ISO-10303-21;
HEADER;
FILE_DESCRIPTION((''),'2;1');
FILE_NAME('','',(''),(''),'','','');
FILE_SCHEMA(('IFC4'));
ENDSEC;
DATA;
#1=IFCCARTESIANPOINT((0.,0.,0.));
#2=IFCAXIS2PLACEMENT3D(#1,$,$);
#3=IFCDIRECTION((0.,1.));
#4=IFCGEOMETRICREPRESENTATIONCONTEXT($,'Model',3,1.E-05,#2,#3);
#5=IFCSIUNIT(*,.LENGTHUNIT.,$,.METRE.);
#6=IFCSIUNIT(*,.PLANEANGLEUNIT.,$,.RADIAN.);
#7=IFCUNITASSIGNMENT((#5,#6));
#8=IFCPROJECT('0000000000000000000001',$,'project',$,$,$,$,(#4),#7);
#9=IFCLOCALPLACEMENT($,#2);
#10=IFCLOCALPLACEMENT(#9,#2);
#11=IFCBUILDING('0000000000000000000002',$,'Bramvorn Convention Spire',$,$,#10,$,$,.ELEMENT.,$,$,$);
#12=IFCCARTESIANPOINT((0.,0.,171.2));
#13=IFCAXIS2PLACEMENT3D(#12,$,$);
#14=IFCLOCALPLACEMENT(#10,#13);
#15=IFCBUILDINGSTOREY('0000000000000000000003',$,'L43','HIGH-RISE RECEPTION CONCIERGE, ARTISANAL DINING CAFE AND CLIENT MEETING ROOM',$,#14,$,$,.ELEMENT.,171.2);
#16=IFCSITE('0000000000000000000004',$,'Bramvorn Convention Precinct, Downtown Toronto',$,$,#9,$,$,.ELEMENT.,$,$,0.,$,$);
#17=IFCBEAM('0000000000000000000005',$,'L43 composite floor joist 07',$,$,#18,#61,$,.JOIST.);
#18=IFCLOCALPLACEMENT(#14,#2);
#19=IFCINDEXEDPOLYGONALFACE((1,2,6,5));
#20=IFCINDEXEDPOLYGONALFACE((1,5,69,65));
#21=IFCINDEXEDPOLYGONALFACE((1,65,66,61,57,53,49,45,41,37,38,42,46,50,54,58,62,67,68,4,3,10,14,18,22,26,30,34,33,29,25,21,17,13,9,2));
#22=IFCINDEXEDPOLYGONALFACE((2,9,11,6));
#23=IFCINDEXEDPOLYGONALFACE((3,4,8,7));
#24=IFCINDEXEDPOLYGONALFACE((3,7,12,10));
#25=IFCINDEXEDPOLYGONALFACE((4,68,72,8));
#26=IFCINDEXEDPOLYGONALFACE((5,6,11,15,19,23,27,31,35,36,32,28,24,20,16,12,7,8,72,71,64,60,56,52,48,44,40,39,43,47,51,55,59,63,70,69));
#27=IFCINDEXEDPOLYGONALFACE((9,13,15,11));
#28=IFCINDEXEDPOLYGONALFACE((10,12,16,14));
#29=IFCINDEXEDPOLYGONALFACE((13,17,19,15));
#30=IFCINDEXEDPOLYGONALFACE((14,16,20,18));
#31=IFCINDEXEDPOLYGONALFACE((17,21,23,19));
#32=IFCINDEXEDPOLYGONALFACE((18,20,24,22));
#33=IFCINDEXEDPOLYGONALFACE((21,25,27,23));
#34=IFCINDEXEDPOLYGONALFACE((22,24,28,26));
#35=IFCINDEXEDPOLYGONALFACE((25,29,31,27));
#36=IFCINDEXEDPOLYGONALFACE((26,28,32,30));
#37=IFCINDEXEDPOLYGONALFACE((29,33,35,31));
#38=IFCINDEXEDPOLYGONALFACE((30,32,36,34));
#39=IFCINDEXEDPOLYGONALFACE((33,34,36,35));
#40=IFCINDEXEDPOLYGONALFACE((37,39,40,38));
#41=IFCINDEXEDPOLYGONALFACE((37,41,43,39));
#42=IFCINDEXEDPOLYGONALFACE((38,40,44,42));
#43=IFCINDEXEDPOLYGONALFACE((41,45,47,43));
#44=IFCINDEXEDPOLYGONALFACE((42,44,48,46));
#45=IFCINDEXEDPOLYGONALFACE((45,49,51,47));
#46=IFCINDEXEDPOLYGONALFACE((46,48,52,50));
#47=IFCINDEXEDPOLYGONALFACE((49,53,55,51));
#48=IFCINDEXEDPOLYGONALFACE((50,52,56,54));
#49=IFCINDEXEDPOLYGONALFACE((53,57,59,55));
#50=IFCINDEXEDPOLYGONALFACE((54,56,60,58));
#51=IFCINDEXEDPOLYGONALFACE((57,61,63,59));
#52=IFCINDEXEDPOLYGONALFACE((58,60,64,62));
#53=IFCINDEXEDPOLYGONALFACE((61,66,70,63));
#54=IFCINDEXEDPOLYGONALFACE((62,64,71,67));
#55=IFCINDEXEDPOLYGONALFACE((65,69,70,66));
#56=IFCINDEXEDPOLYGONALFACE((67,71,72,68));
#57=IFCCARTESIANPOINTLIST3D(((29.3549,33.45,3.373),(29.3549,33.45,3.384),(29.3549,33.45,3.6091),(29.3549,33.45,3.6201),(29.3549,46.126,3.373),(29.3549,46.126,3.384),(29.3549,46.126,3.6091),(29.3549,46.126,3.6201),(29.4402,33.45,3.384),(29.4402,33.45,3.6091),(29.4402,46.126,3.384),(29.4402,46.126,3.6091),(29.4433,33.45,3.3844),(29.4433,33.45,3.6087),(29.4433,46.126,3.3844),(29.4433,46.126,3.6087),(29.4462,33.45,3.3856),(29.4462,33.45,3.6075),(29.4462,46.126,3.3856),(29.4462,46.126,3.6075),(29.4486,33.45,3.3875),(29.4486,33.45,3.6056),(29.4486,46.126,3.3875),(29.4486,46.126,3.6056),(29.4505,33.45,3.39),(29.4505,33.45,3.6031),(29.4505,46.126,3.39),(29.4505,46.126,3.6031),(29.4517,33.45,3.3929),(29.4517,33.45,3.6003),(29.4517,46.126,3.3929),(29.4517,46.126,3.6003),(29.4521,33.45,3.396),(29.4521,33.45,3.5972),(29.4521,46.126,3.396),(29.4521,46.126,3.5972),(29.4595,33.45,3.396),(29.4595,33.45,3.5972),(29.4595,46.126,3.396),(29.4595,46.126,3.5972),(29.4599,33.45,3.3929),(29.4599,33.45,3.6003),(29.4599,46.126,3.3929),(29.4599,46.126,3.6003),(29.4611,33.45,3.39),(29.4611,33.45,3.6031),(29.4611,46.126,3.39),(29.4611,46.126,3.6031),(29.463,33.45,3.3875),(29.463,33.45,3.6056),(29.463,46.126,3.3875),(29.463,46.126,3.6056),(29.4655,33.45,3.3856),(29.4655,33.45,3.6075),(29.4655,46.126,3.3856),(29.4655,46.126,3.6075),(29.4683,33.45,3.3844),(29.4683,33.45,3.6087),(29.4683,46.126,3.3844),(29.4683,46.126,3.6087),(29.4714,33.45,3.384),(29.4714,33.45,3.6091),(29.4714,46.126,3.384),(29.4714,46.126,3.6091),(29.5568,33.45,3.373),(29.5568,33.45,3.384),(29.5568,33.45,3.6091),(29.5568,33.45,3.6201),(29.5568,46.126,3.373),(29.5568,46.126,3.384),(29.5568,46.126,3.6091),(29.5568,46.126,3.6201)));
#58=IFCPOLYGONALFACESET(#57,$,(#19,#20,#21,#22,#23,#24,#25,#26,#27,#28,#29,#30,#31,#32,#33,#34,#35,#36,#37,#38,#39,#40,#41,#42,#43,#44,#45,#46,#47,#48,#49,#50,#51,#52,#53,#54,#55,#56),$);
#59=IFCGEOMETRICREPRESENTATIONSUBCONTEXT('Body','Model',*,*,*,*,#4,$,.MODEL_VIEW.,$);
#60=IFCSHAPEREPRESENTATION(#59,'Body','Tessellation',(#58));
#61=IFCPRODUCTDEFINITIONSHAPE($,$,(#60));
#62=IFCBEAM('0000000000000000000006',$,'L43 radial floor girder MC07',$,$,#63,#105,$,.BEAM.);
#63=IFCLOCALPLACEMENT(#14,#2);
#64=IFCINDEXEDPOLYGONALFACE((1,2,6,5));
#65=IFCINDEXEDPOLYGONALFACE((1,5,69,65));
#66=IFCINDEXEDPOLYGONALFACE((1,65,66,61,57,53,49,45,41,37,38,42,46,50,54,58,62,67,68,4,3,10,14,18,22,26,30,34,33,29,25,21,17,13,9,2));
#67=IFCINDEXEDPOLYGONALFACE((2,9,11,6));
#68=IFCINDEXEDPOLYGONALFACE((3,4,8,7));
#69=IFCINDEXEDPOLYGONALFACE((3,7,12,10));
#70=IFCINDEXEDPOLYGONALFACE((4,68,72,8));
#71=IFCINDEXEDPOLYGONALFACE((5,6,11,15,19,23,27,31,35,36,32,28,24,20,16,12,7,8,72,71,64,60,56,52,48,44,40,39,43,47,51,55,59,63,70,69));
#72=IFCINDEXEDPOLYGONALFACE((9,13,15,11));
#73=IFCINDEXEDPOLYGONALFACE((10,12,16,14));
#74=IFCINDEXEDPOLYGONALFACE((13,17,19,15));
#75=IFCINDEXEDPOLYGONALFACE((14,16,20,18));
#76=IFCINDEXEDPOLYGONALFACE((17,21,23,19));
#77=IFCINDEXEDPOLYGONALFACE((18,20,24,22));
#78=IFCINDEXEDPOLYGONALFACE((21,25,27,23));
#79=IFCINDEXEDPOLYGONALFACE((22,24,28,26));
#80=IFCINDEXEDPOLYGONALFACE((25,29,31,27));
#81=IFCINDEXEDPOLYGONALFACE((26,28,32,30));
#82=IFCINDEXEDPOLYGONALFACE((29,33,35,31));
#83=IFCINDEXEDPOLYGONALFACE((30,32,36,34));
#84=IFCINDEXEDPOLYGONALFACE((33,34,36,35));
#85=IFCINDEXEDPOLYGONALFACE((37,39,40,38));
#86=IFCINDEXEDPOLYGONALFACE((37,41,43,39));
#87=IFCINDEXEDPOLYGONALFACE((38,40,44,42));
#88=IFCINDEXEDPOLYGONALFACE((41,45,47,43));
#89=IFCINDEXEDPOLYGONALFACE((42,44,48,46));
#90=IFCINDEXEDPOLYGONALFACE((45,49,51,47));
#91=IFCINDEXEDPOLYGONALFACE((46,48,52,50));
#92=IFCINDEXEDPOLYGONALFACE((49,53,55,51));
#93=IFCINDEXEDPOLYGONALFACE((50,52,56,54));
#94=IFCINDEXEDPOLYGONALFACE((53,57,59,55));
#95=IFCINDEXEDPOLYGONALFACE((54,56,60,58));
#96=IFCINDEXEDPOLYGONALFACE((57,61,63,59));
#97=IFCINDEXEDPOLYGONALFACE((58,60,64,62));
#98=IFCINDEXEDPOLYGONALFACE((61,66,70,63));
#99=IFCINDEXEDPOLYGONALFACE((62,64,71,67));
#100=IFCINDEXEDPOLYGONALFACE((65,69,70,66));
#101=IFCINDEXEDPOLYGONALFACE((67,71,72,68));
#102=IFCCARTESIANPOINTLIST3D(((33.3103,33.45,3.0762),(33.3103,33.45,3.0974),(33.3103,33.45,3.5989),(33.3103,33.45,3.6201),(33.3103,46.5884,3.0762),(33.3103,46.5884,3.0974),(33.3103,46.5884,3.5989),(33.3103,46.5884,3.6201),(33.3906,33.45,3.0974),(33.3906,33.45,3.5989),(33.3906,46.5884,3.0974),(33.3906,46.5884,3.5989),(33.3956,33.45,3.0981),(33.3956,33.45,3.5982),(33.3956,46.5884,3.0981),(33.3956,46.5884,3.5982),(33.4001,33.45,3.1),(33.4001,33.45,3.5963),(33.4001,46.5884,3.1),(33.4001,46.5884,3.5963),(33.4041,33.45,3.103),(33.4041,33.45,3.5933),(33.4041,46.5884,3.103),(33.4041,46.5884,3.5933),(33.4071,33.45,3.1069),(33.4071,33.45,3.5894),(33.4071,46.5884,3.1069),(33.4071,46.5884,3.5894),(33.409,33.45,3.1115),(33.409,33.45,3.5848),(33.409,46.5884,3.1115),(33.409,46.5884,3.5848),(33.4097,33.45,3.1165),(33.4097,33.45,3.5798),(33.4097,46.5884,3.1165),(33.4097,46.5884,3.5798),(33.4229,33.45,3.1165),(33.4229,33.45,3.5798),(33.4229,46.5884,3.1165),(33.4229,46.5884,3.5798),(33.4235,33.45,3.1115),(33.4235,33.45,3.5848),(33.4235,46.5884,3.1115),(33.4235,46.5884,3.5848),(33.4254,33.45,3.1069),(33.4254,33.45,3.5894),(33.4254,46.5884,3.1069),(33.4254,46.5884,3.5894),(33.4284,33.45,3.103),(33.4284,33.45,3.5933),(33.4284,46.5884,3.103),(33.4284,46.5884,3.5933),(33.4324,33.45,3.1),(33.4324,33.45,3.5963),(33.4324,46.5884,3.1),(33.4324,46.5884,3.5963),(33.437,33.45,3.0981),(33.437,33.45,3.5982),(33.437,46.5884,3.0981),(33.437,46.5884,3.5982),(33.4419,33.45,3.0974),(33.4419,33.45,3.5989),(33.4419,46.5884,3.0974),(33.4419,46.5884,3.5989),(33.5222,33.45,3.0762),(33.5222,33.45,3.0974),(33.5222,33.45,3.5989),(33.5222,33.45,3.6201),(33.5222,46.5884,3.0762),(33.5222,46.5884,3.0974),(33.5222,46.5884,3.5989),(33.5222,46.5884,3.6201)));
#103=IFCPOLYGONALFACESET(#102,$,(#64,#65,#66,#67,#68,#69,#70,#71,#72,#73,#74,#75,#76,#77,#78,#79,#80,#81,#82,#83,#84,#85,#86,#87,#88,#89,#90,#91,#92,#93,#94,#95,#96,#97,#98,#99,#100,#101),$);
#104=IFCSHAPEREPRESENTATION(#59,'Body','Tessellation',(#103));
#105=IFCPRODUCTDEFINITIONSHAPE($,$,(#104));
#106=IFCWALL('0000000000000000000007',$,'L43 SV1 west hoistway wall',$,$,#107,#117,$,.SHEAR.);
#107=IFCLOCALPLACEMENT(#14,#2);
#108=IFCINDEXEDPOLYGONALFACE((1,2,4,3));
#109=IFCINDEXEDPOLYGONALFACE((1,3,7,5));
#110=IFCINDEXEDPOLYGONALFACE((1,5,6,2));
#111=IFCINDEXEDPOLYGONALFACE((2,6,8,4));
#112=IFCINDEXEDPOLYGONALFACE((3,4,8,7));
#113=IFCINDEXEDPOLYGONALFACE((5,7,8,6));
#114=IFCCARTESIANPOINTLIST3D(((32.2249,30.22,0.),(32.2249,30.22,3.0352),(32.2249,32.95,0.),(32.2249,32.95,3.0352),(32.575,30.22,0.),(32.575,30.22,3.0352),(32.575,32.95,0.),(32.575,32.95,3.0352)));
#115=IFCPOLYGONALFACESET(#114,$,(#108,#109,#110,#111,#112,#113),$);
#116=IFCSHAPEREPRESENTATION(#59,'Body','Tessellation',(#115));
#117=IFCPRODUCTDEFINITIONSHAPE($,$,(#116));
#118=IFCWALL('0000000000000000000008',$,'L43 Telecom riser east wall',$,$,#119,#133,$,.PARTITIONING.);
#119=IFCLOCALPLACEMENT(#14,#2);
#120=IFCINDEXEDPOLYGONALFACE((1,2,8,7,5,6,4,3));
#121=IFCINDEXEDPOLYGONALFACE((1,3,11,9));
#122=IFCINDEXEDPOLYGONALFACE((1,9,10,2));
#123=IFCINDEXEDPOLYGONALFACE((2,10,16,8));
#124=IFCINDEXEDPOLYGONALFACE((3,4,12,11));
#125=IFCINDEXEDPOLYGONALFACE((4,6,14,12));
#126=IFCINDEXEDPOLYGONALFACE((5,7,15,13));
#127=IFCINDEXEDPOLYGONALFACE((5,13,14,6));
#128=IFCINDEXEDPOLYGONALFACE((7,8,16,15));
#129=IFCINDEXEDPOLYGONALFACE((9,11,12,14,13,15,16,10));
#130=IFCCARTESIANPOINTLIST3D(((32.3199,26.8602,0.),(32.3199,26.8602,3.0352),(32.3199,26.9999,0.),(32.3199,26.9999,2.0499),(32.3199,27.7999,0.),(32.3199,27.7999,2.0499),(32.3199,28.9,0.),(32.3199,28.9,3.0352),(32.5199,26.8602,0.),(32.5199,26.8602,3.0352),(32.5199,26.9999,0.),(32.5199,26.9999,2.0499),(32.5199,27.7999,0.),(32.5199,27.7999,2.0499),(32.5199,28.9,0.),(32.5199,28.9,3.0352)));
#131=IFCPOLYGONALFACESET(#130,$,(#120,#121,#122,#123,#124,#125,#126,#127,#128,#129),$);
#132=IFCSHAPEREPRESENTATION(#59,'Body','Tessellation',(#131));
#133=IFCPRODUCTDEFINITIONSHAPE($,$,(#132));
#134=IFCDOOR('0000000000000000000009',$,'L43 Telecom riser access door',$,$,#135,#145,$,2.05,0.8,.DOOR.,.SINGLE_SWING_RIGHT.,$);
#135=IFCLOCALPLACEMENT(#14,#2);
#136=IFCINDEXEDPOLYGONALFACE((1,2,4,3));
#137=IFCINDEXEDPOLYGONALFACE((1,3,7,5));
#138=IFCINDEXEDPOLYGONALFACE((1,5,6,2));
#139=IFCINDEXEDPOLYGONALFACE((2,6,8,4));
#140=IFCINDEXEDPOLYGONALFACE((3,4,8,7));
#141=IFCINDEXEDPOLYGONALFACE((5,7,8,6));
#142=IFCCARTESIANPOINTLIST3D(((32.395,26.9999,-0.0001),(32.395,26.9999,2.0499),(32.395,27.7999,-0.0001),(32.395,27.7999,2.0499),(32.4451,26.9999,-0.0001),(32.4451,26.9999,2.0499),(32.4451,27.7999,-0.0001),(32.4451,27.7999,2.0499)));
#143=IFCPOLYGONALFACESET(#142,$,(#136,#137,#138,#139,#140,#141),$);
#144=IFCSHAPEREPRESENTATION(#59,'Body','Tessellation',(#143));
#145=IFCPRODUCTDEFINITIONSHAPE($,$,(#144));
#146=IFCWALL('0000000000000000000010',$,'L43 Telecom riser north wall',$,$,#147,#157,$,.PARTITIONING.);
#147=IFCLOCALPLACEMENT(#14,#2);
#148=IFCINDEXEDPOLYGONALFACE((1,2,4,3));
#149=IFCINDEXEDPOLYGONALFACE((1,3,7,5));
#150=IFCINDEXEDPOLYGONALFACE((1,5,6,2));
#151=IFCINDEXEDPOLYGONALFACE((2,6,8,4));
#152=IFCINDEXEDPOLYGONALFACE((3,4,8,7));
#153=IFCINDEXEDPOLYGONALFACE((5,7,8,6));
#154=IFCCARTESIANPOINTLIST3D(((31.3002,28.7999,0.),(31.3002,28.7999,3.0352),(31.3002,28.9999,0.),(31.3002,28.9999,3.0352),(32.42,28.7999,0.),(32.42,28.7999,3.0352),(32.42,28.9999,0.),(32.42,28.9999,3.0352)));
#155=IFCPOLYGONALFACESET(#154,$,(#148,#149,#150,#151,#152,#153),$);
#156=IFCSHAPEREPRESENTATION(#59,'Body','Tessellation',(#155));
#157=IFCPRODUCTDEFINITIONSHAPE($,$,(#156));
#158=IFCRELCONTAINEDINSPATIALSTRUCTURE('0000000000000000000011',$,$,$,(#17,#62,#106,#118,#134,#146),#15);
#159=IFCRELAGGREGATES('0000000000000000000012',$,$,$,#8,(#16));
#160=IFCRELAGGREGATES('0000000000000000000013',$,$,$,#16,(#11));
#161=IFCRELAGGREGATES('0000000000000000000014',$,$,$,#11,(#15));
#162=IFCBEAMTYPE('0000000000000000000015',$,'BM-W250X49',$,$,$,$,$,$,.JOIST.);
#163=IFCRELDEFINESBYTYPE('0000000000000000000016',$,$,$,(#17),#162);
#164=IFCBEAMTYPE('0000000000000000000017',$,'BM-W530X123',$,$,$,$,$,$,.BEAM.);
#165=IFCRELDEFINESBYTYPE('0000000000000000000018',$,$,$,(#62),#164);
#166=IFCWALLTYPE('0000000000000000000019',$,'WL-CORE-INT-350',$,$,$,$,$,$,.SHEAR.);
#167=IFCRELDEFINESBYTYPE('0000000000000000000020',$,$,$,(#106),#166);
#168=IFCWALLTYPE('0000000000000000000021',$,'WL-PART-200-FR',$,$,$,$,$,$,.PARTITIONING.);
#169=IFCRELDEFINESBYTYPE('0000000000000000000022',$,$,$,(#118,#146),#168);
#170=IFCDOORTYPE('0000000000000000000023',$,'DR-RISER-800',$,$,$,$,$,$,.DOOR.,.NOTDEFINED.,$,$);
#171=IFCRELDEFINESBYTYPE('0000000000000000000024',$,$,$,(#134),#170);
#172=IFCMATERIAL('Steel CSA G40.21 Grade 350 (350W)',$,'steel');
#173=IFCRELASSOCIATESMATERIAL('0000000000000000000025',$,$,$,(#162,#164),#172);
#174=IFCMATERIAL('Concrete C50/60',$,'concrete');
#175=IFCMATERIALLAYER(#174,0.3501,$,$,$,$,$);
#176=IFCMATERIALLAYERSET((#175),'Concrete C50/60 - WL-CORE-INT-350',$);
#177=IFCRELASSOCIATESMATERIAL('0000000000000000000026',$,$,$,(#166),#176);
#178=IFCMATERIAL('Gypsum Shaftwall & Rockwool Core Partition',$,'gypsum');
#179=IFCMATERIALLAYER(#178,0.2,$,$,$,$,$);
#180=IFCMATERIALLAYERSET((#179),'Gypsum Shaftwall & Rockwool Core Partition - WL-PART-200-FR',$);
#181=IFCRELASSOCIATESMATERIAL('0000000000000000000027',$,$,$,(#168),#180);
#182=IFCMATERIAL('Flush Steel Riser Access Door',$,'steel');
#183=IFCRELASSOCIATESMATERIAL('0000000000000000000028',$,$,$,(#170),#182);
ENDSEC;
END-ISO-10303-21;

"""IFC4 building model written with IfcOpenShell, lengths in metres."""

from ifc_helpers import new_model, si_unit, direction, frame, frame_2d, origin, origin_2d, place, context, subcontext, project, spatial, rectangle, i_section, extrude, material, layer, layer_set, material_profile, profile_set, type_object, element, fill, save


model = new_model("IFC4")

# Units and contexts
model_context = context("Model", 3, precision=1e-05, world=origin(), true_north=direction((0.0, 1.0)))
body_context = subcontext(model_context, "Body", "Model", "MODEL_VIEW")
ifc_project = project(units=[si_unit("LENGTHUNIT", "METRE"), si_unit("PLANEANGLEUNIT", "RADIAN")], contexts=[model_context])

# Site, building, storey
site_placement = place(None, origin())
site = spatial("IfcSite", under=ifc_project, at=site_placement, Name="Bramvorn Convention Precinct, Downtown Toronto", CompositionType="ELEMENT", RefElevation=0.0)
building_placement = place(site_placement, origin())
building = spatial("IfcBuilding", under=site, at=building_placement, Name="Bramvorn Convention Spire", CompositionType="ELEMENT")
storey_placement = place(building_placement, frame((0.0, 0.0, 171.2)))
storey = spatial("IfcBuildingStorey", under=building, at=storey_placement, Name="L43", Description="HIGH-RISE RECEPTION CONCIERGE, ARTISANAL DINING CAFE AND CLIENT MEETING ROOM", CompositionType="ELEMENT", Elevation=171.2)

# Beams
ifc_material_1 = material(Name="Steel CSA G40.21 Grade 350 (350W)", Category="steel")
ifc_material_profile_1 = material_profile(ifc_material_1, i_section(OverallWidth=0.2019, OverallDepth=0.2471, WebThickness=0.0073, FlangeThickness=0.011, FilletRadius=0.012, at=origin_2d()))
ifc_profile_set_1 = profile_set([ifc_material_profile_1], Name="Steel CSA G40.21 Grade 350 (350W) - W250X49")
beam_type_1 = type_object("IfcBeamType", Name="BM-W250X49", PredefinedType="JOIST", material=ifc_profile_set_1)
beam_1_placement = place(storey_placement, frame((29.4558, 33.45, 3.4966), z_axis=(0.0, 1.0, 0.0), x_axis=(-1.0, 0.0, 0.0)))
element("IfcBeam", 1, at=beam_1_placement, inside=storey, type_object=beam_type_1, Name="L43 composite floor joist 07", PredefinedType="JOIST", context=body_context, shape_type="SweptSolid", body=[
    extrude(i_section(OverallWidth=0.2019, OverallDepth=0.2471, WebThickness=0.0073, FlangeThickness=0.011, FilletRadius=0.012, at=origin_2d()), origin(), (0.0, 0.0, 1.0), 12.676),
])
ifc_material_profile_2 = material_profile(ifc_material_1, i_section(OverallWidth=0.2119, OverallDepth=0.5439, WebThickness=0.0132, FlangeThickness=0.0212, FilletRadius=0.019, at=origin_2d()))
ifc_profile_set_2 = profile_set([ifc_material_profile_2], Name="Steel CSA G40.21 Grade 350 (350W) - W530X123")
beam_type_2 = type_object("IfcBeamType", Name="BM-W530X123", PredefinedType="BEAM", material=ifc_profile_set_2)
beam_2_placement = place(storey_placement, frame((33.4163, 33.45, 3.3481), z_axis=(0.0, 1.0, 0.0), x_axis=(-1.0, 0.0, 0.0)))
element("IfcBeam", 2, at=beam_2_placement, inside=storey, type_object=beam_type_2, Name="L43 radial floor girder MC07", PredefinedType="BEAM", context=body_context, shape_type="SweptSolid", body=[
    extrude(i_section(OverallWidth=0.2119, OverallDepth=0.5439, WebThickness=0.0132, FlangeThickness=0.0212, FilletRadius=0.019, at=origin_2d()), origin(), (0.0, 0.0, 1.0), 13.1384),
])

# Shared definitions
ifc_material_2 = material(Name="Concrete C50/60", Category="concrete")
ifc_layer_1 = layer(ifc_material_2, 0.3501)
ifc_layer_set_1 = layer_set([ifc_layer_1], Name="Concrete C50/60 - WL-CORE-INT-350")
wall_type_1 = type_object("IfcWallType", Name="WL-CORE-INT-350", PredefinedType="SHEAR", material=ifc_layer_set_1)

# Wall
wall_1_placement = place(storey_placement, frame((32.3999, 30.22, 0.0), z_axis=(0.0, 0.0, 1.0), x_axis=(0.0, 1.0, 0.0)))
element("IfcWall", 3, at=wall_1_placement, inside=storey, type_object=wall_type_1, Name="L43 SV1 west hoistway wall", PredefinedType="SHEAR", context=body_context, shape_type="SweptSolid", body=[
    extrude(rectangle(XDim=2.73, YDim=0.3501, at=frame_2d((1.365, 0.0))), origin(), (0.0, 0.0, 1.0), 3.0352),
])

# Wall, opening, door
ifc_material_3 = material(Name="Gypsum Shaftwall & Rockwool Core Partition", Category="gypsum")
ifc_layer_2 = layer(ifc_material_3, 0.2)
ifc_layer_set_2 = layer_set([ifc_layer_2], Name="Gypsum Shaftwall & Rockwool Core Partition - WL-PART-200-FR")
wall_type_2 = type_object("IfcWallType", Name="WL-PART-200-FR", PredefinedType="PARTITIONING", material=ifc_layer_set_2)
wall_2_placement = place(storey_placement, frame((32.4199, 26.8601, 0.0), z_axis=(0.0, 0.0, 1.0), x_axis=(0.0, 1.0, 0.0)))
wall_2 = element("IfcWall", 4, at=wall_2_placement, inside=storey, type_object=wall_type_2, Name="L43 Telecom riser east wall", PredefinedType="PARTITIONING", context=body_context, shape_type="SweptSolid", body=[
    extrude(rectangle(XDim=2.0398, YDim=0.2, at=frame_2d((1.02, 0.0))), origin(), (0.0, 0.0, 1.0), 3.0352),
])
opening_1_placement = place(wall_2_placement, frame((0.1399, 0.0, 0.0)))
opening_1 = element("IfcOpeningElement", 5, at=opening_1_placement, cuts=wall_2, PredefinedType="OPENING", context=body_context, shape_type="SweptSolid", body=[
    extrude(rectangle(XDim=0.8, YDim=2.05, at=frame_2d((0.3999, 1.0249))), frame((0.0, 0.1099, 0.0), z_axis=(0.0, -1.0, 0.0), x_axis=(1.0, 0.0, 0.0)), (0.0, 0.0, 1.0), 0.22),
])
ifc_material_4 = material(Name="Flush Steel Riser Access Door", Category="steel")
door_type_1 = type_object("IfcDoorType", Name="DR-RISER-800", OperationType="NOTDEFINED", PredefinedType="DOOR", material=ifc_material_4)
door_1_placement = place(opening_1_placement, origin())
door_1 = element("IfcDoor", 6, at=door_1_placement, inside=storey, type_object=door_type_1, Name="L43 Telecom riser access door", OperationType="SINGLE_SWING_RIGHT", OverallHeight=2.05, OverallWidth=0.8, PredefinedType="DOOR", context=body_context, shape_type="SweptSolid", body=[
    extrude(rectangle(XDim=0.8, YDim=2.05, at=frame_2d((0.3999, 1.0249))), frame((0.0, 0.0249, 0.0), z_axis=(0.0, -1.0, 0.0), x_axis=(1.0, 0.0, 0.0)), (0.0, 0.0, 1.0), 0.05),
])
fill(opening_1, door_1)

# Wall
wall_3_placement = place(storey_placement, frame((31.3, 28.8999, 0.0), z_axis=(0.0, 0.0, 1.0), x_axis=(1.0, 0.0, 0.0)))
element("IfcWall", 7, at=wall_3_placement, inside=storey, type_object=wall_type_2, Name="L43 Telecom riser north wall", PredefinedType="PARTITIONING", context=body_context, shape_type="SweptSolid", body=[
    extrude(rectangle(XDim=1.1199, YDim=0.2, at=frame_2d((0.5601, 0.0))), origin(), (0.0, 0.0, 1.0), 3.0352),
])

save(model, "model.ifc")
